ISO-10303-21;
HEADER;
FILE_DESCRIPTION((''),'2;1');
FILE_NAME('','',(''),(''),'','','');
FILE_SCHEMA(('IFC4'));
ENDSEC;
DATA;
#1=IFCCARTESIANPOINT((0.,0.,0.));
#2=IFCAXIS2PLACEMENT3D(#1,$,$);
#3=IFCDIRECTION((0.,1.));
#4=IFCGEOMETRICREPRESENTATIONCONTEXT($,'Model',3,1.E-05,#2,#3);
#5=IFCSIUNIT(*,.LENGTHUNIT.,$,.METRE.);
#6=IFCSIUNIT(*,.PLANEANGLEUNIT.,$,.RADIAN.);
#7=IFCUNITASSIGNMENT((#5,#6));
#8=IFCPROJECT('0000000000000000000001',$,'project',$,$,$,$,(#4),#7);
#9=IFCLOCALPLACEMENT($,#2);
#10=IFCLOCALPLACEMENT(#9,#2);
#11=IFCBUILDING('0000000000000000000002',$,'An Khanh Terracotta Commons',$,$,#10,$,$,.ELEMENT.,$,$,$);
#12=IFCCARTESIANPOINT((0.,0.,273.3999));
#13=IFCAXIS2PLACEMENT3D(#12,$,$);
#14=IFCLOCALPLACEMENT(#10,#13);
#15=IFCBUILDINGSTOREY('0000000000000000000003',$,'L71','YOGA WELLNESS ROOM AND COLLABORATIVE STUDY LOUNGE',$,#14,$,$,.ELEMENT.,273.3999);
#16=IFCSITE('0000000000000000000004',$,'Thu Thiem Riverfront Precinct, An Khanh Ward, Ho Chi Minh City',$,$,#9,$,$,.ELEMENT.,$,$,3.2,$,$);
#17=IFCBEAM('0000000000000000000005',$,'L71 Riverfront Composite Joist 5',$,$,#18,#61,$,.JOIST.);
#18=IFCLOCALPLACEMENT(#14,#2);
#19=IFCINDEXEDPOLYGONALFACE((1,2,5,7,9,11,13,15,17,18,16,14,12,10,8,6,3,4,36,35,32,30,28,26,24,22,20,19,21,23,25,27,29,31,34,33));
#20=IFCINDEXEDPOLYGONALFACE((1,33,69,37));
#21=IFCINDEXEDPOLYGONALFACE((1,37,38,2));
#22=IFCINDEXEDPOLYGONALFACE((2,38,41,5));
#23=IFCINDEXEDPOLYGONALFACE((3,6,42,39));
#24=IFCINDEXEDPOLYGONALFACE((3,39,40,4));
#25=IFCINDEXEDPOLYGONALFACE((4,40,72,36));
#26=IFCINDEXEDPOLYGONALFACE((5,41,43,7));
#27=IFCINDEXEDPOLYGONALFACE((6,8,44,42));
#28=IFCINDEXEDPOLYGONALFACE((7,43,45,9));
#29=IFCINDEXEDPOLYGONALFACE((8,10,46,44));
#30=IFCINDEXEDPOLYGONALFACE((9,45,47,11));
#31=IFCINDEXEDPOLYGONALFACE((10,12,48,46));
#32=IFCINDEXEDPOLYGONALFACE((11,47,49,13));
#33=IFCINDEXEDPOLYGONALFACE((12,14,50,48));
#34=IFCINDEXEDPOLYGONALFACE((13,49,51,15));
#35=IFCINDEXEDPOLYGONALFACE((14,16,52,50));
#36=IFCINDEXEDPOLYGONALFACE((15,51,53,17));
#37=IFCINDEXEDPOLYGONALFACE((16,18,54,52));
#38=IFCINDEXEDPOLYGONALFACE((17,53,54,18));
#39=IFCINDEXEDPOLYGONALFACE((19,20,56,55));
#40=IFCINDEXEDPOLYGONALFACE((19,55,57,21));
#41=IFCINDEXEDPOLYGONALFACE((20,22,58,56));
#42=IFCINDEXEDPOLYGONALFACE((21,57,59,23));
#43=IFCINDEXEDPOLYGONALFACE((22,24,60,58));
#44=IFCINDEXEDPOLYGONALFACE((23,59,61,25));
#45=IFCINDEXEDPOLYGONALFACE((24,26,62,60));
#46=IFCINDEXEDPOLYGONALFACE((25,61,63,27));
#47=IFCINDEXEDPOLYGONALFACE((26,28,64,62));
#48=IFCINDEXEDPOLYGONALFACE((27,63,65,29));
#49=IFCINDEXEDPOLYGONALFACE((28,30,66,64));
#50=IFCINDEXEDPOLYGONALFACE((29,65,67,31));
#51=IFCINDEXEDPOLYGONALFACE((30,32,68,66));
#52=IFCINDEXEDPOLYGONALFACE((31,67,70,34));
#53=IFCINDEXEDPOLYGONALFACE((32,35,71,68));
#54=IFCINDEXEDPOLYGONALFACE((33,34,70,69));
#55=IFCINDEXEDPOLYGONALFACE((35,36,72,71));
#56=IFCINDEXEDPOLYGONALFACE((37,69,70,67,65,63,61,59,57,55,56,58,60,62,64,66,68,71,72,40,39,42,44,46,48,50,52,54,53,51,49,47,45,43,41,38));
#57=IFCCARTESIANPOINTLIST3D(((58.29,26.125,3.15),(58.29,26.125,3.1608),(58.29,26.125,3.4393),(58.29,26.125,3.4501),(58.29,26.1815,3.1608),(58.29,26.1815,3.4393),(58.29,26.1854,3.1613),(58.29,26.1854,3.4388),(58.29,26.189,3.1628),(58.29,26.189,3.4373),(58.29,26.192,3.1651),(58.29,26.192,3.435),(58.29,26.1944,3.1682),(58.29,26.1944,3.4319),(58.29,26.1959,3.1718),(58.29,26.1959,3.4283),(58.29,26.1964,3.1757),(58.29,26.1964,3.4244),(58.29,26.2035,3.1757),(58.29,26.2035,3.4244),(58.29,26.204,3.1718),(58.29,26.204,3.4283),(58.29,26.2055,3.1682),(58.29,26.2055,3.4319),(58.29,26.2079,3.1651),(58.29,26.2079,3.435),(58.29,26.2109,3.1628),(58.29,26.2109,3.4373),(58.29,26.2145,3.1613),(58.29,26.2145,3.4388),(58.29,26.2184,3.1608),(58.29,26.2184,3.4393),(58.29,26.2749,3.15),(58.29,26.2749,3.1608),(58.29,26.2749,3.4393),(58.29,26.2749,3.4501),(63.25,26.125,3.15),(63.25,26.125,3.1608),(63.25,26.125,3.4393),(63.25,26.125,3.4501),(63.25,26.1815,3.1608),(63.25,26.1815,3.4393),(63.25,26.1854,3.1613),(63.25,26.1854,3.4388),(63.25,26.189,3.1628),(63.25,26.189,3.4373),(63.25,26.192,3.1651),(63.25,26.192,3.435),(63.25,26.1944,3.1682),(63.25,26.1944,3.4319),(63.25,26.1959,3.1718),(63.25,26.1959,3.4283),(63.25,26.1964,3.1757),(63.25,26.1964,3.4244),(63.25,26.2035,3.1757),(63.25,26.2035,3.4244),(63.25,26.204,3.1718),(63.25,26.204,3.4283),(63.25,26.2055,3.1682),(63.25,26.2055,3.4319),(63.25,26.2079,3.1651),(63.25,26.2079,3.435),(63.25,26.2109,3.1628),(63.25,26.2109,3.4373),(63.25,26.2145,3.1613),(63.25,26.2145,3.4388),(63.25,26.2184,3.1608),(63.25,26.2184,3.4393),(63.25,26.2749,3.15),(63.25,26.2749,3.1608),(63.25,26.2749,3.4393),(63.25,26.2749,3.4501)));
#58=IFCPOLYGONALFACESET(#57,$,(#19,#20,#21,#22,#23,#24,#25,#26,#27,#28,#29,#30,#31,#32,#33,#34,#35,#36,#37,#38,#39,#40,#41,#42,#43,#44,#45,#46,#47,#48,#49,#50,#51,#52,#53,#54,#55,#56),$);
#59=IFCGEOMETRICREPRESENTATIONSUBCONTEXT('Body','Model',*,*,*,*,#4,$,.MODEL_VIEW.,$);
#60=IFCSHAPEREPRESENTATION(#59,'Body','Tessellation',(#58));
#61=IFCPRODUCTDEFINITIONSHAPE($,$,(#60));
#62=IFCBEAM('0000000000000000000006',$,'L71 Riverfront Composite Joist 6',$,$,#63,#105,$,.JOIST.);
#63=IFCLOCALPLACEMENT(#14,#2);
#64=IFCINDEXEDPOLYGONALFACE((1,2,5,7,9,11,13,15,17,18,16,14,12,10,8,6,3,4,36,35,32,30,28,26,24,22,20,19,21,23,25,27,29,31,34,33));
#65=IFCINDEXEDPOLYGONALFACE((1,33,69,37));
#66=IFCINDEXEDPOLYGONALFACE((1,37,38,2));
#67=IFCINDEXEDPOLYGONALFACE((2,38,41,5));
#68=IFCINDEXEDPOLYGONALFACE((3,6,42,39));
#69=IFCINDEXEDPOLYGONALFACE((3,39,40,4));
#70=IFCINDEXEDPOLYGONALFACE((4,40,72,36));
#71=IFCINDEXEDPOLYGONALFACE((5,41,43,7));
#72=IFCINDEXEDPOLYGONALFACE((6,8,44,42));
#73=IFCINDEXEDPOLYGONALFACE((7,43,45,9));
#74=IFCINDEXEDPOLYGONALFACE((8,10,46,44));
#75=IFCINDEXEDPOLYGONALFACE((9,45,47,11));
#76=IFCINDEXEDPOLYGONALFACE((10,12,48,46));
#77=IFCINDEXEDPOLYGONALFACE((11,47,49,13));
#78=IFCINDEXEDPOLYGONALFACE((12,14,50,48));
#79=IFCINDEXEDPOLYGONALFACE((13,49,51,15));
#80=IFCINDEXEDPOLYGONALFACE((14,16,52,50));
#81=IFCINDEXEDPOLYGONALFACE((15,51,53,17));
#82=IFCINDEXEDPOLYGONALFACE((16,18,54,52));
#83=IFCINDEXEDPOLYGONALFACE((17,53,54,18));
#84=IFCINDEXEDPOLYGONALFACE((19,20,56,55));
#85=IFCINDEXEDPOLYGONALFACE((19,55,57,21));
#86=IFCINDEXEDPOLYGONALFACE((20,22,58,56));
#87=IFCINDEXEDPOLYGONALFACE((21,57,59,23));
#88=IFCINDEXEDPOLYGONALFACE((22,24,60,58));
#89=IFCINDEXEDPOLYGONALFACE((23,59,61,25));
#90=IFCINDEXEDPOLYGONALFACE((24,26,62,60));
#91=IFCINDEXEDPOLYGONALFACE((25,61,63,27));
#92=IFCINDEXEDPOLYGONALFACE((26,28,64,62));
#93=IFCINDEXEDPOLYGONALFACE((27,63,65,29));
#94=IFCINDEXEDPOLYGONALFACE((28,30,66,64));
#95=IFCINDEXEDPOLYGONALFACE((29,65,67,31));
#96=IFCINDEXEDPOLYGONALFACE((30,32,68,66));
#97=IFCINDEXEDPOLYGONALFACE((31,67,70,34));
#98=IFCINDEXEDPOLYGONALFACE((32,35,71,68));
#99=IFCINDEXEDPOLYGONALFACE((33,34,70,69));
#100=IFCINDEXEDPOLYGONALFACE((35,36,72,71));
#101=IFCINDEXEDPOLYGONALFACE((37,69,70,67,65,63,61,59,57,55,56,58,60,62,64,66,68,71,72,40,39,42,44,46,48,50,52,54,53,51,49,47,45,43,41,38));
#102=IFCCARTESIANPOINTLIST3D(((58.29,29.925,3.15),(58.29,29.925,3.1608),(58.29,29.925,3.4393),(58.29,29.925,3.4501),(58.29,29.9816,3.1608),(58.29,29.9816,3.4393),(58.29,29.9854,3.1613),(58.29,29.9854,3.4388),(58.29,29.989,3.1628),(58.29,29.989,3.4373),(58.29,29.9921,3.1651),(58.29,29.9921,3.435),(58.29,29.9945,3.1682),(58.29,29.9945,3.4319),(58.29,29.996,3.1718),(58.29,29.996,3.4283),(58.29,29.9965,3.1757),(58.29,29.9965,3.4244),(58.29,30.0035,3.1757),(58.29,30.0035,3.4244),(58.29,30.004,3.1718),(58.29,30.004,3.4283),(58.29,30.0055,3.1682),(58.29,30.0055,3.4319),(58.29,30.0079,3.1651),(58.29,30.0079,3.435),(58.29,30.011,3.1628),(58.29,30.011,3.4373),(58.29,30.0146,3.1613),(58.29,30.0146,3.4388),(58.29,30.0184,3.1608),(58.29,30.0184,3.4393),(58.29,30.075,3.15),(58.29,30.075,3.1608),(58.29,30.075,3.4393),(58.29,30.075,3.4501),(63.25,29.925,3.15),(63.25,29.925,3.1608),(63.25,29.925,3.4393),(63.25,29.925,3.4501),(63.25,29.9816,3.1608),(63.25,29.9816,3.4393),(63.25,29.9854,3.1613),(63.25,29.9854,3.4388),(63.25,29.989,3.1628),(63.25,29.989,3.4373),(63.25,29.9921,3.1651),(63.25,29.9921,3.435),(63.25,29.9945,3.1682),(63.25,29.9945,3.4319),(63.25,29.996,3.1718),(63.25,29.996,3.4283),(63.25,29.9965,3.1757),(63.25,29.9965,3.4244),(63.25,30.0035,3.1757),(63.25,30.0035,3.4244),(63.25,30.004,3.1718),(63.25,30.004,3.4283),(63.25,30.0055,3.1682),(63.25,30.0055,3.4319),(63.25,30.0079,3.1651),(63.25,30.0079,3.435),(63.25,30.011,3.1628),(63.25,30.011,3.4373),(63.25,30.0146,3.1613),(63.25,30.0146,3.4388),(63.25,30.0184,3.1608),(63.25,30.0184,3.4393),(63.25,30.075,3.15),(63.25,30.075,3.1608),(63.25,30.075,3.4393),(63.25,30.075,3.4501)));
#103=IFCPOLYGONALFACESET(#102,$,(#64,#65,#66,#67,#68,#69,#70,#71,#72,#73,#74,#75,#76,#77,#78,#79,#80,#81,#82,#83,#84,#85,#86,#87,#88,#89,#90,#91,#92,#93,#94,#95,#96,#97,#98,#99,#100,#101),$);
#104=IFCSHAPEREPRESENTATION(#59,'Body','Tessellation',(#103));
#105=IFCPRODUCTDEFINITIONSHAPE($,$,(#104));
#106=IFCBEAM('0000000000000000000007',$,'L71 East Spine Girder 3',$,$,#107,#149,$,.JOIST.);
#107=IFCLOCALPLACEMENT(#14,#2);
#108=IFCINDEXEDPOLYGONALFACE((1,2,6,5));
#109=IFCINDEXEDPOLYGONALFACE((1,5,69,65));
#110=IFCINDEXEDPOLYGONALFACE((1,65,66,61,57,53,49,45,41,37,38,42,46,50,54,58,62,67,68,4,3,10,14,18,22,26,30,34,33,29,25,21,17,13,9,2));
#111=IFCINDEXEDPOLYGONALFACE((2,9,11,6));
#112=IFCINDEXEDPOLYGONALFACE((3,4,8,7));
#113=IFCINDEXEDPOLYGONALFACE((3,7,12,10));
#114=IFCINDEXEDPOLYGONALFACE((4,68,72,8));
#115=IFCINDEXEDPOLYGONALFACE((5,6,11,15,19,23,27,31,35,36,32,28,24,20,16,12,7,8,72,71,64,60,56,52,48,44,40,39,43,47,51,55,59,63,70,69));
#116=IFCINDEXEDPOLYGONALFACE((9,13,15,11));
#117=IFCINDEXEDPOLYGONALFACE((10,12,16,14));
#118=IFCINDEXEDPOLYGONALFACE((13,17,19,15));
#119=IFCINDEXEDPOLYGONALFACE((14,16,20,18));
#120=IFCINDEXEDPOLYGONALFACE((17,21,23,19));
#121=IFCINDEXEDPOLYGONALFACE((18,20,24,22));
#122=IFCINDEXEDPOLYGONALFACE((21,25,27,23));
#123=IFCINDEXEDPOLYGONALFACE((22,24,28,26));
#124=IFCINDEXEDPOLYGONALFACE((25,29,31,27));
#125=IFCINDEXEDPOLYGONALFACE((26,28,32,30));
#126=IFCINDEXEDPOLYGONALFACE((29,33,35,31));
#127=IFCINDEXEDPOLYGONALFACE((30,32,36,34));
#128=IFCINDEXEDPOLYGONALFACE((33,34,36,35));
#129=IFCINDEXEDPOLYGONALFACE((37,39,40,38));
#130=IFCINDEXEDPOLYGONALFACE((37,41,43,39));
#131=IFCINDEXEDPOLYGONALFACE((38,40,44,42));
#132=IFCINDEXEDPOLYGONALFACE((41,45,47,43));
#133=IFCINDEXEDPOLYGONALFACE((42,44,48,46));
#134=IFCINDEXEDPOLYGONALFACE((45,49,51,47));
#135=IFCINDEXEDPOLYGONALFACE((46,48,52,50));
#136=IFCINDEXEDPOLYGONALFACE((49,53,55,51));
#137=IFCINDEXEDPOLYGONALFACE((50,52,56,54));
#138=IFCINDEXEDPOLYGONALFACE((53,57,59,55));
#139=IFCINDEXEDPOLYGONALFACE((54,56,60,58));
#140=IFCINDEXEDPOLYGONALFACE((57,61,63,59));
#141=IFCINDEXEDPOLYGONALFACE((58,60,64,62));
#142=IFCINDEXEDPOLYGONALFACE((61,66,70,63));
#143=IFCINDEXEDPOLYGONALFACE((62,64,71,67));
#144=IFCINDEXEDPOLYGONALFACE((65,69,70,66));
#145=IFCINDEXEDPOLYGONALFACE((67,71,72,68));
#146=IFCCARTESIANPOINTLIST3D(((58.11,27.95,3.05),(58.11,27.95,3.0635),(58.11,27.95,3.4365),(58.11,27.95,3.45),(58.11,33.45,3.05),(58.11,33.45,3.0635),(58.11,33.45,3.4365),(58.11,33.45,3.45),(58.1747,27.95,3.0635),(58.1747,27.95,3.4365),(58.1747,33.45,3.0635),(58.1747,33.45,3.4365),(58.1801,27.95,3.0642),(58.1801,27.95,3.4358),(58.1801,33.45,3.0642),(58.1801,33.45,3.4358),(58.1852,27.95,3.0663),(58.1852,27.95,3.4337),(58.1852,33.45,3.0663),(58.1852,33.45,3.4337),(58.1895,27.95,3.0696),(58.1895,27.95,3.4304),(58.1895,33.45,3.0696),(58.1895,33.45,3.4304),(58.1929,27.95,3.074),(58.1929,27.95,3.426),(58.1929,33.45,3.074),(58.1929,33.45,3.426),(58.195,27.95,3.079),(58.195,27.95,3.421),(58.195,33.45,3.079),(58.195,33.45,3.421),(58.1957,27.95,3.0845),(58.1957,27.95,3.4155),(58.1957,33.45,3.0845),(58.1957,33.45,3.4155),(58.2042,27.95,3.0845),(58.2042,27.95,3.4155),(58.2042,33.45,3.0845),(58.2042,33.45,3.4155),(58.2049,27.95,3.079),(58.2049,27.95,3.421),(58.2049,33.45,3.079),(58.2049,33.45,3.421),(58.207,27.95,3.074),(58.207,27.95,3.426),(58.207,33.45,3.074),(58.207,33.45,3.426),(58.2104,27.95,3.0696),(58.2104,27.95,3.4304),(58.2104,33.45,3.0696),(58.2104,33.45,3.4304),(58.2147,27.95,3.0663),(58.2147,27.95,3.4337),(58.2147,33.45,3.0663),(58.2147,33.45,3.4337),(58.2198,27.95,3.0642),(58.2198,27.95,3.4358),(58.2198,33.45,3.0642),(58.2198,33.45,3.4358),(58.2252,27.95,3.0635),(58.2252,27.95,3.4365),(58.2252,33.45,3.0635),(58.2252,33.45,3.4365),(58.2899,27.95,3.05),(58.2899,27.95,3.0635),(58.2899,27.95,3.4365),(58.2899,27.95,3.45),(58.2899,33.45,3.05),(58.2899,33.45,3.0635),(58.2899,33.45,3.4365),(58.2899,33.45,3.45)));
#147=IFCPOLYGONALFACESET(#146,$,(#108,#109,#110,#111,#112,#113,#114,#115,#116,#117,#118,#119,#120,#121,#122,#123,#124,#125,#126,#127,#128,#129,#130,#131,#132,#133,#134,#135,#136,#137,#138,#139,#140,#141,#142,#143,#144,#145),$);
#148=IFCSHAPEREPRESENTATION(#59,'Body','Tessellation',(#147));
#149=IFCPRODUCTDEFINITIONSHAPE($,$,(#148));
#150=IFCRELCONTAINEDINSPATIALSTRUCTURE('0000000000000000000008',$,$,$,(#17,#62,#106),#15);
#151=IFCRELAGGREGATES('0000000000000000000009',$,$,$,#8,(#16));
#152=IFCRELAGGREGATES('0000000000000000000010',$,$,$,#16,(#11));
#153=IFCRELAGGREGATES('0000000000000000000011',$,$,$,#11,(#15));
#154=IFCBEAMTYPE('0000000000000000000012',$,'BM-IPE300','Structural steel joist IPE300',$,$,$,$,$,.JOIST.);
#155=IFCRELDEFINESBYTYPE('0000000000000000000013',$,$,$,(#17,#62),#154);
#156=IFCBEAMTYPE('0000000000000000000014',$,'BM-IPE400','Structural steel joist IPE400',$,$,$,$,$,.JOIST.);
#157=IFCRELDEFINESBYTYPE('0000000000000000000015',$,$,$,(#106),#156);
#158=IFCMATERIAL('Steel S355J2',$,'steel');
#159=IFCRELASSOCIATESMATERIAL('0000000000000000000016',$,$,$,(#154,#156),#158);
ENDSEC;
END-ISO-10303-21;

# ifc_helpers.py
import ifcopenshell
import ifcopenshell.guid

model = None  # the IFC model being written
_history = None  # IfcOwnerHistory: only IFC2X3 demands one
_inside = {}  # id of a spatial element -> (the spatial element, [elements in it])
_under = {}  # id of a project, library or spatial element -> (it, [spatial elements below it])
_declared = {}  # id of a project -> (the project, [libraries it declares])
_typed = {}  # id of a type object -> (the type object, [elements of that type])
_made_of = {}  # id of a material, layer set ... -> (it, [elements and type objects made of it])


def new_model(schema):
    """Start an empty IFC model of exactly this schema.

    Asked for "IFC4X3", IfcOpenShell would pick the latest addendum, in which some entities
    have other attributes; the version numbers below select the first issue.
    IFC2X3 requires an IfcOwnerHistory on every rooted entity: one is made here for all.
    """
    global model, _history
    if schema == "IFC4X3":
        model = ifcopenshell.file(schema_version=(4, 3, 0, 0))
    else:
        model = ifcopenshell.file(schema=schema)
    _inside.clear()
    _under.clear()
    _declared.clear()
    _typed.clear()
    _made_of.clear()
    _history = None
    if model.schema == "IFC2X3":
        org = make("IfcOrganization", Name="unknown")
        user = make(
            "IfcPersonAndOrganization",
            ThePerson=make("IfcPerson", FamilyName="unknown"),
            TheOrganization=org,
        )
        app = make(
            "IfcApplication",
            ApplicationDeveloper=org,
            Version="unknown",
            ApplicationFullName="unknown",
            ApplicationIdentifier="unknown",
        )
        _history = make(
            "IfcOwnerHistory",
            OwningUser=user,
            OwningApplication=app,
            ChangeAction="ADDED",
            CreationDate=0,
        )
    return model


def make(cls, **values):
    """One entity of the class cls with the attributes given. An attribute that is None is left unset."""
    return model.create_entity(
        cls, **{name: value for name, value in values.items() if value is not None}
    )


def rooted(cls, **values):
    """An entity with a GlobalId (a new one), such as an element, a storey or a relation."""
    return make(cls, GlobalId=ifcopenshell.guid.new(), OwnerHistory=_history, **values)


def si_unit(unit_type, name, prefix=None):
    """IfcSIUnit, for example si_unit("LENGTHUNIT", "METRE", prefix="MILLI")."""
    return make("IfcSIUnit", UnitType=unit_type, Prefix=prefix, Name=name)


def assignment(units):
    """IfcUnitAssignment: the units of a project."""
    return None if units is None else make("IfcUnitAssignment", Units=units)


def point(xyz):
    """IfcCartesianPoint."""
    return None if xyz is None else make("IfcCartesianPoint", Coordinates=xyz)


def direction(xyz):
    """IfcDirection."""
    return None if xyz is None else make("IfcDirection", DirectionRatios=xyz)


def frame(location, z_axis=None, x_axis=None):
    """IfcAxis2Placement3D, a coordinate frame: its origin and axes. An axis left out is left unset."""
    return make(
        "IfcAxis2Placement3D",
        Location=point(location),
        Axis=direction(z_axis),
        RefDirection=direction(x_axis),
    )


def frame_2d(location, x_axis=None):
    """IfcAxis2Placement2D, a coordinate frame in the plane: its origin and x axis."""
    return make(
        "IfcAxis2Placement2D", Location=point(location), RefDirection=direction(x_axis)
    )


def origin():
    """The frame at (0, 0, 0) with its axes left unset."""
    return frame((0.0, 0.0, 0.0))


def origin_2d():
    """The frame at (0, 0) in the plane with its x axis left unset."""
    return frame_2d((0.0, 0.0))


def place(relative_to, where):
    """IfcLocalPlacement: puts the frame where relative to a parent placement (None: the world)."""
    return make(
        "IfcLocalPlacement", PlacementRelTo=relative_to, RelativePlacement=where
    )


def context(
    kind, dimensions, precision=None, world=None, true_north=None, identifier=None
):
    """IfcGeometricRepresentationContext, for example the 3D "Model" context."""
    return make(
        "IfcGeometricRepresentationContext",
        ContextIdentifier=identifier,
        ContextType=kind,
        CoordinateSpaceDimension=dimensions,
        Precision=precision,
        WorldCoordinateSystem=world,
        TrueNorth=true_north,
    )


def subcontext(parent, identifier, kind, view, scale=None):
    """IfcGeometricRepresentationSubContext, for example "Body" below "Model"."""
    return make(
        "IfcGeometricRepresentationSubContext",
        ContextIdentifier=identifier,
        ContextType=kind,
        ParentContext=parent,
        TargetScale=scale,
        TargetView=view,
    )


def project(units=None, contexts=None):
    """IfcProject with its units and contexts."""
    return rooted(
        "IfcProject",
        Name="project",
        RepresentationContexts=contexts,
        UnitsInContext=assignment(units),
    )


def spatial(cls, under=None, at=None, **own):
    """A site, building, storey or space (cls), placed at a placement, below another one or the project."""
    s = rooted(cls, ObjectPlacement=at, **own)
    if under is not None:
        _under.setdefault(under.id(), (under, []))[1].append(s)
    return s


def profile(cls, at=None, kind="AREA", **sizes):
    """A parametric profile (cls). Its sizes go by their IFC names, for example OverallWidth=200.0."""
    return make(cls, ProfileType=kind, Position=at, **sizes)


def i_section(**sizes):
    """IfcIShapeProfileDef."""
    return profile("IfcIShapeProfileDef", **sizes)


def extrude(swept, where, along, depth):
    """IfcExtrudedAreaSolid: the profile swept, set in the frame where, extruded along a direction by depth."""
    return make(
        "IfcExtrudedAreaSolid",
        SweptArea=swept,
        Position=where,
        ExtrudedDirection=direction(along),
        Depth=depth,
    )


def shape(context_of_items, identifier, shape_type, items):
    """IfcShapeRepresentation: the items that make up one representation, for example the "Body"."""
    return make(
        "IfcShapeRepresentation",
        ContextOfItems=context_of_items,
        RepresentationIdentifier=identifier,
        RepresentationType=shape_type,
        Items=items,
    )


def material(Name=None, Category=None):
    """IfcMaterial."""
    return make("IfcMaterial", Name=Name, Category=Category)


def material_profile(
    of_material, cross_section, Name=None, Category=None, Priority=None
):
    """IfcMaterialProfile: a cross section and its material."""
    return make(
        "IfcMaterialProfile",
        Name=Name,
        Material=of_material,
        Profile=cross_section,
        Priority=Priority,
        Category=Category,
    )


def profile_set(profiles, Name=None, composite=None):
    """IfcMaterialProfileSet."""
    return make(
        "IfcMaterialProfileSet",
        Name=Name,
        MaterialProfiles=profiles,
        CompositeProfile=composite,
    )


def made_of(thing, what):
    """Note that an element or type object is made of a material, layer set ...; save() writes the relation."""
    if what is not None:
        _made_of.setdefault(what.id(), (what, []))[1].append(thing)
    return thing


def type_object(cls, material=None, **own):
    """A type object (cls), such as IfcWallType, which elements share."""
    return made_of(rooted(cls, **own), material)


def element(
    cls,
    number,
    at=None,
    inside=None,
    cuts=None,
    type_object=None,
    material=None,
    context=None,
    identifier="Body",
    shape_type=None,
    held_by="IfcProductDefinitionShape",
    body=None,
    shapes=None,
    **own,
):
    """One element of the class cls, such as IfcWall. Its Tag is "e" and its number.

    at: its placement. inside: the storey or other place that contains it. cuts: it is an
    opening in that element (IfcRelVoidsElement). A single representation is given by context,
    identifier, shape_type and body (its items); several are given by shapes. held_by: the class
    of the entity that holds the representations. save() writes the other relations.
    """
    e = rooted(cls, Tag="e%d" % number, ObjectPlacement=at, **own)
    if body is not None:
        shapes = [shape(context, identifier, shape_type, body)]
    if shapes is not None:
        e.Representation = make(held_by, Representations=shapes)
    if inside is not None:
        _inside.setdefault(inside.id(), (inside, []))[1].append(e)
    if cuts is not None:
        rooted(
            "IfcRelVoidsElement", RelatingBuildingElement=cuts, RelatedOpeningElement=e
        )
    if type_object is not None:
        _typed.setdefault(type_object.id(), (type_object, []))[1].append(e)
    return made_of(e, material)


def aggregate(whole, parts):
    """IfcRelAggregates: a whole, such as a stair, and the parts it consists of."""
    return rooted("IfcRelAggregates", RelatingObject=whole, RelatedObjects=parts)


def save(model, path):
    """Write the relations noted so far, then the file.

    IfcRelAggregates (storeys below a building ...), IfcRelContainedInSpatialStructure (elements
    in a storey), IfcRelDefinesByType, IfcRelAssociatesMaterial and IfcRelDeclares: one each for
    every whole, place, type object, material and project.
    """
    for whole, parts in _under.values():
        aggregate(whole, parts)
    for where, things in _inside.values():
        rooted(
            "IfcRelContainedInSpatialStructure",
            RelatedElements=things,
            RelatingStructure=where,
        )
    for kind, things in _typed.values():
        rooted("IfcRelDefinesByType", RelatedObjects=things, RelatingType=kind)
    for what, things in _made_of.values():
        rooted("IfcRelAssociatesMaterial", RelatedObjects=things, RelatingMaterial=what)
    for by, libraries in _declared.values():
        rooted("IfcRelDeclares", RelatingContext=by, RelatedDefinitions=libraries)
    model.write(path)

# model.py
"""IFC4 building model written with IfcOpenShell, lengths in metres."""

from ifc_helpers import new_model, si_unit, direction, frame, origin, origin_2d, place, context, subcontext, project, spatial, i_section, extrude, material, material_profile, profile_set, type_object, element, save


model = new_model("IFC4")

# Units and contexts
model_context = context("Model", 3, precision=1e-05, world=origin(), true_north=direction((0.0, 1.0)))
body_context = subcontext(model_context, "Body", "Model", "MODEL_VIEW")
ifc_project = project(units=[si_unit("LENGTHUNIT", "METRE"), si_unit("PLANEANGLEUNIT", "RADIAN")], contexts=[model_context])

# Site, building, storey
site_placement = place(None, origin())
site = spatial("IfcSite", under=ifc_project, at=site_placement, Name="Thu Thiem Riverfront Precinct, An Khanh Ward, Ho Chi Minh City", CompositionType="ELEMENT", RefElevation=3.2)
building_placement = place(site_placement, origin())
building = spatial("IfcBuilding", under=site, at=building_placement, Name="An Khanh Terracotta Commons", CompositionType="ELEMENT")
storey_placement = place(building_placement, frame((0.0, 0.0, 273.3999)))
storey = spatial("IfcBuildingStorey", under=building, at=storey_placement, Name="L71", Description="YOGA WELLNESS ROOM AND COLLABORATIVE STUDY LOUNGE", CompositionType="ELEMENT", Elevation=273.3999)

# Beams
ifc_material_1 = material(Name="Steel S355J2", Category="steel")
ifc_material_profile_1 = material_profile(ifc_material_1, i_section(OverallWidth=0.1499, OverallDepth=0.3, WebThickness=0.0071, FlangeThickness=0.0107, FilletRadius=0.0149, at=origin_2d()), Name="IPE300")
ifc_profile_set_1 = profile_set([ifc_material_profile_1], Name="Steel S355J2")
beam_type_1 = type_object("IfcBeamType", Name="BM-IPE300", Description="Structural steel joist IPE300", PredefinedType="JOIST", material=ifc_profile_set_1)
for number, where, z_axis, x_axis, name in (
    (1, (58.29, 26.2, 3.3), (1.0, 0.0, 0.0), (0.0, 1.0, 0.0), "L71 Riverfront Composite Joist 5"),
    (2, (58.29, 30.0, 3.3), (1.0, 0.0, 0.0), (0.0, 1.0, 0.0), "L71 Riverfront Composite Joist 6"),
):
    element("IfcBeam", number, at=place(storey_placement, frame(where, z_axis=z_axis, x_axis=x_axis)), inside=storey, type_object=beam_type_1, Name=name, PredefinedType="JOIST", context=body_context, shape_type="SweptSolid", body=[
        extrude(i_section(OverallWidth=0.1499, OverallDepth=0.3, WebThickness=0.0071, FlangeThickness=0.0107, FilletRadius=0.0149, at=origin_2d()), origin(), (0.0, 0.0, 1.0), 4.96),
    ])
ifc_material_profile_2 = material_profile(ifc_material_1, i_section(OverallWidth=0.1799, OverallDepth=0.3999, WebThickness=0.0085, FlangeThickness=0.0134, FilletRadius=0.021, at=origin_2d()), Name="IPE400")
ifc_profile_set_2 = profile_set([ifc_material_profile_2], Name="Steel S355J2")
beam_type_2 = type_object("IfcBeamType", Name="BM-IPE400", Description="Structural steel joist IPE400", PredefinedType="JOIST", material=ifc_profile_set_2)
beam_1_placement = place(storey_placement, frame((58.2, 27.95, 3.25), z_axis=(0.0, 1.0, 0.0), x_axis=(-1.0, 0.0, 0.0)))
element("IfcBeam", 3, at=beam_1_placement, inside=storey, type_object=beam_type_2, Name="L71 East Spine Girder 3", PredefinedType="JOIST", context=body_context, shape_type="SweptSolid", body=[
    extrude(i_section(OverallWidth=0.1799, OverallDepth=0.3999, WebThickness=0.0085, FlangeThickness=0.0134, FilletRadius=0.021, at=origin_2d()), origin(), (0.0, 0.0, 1.0), 5.5),
])

save(model, "model.ifc")
